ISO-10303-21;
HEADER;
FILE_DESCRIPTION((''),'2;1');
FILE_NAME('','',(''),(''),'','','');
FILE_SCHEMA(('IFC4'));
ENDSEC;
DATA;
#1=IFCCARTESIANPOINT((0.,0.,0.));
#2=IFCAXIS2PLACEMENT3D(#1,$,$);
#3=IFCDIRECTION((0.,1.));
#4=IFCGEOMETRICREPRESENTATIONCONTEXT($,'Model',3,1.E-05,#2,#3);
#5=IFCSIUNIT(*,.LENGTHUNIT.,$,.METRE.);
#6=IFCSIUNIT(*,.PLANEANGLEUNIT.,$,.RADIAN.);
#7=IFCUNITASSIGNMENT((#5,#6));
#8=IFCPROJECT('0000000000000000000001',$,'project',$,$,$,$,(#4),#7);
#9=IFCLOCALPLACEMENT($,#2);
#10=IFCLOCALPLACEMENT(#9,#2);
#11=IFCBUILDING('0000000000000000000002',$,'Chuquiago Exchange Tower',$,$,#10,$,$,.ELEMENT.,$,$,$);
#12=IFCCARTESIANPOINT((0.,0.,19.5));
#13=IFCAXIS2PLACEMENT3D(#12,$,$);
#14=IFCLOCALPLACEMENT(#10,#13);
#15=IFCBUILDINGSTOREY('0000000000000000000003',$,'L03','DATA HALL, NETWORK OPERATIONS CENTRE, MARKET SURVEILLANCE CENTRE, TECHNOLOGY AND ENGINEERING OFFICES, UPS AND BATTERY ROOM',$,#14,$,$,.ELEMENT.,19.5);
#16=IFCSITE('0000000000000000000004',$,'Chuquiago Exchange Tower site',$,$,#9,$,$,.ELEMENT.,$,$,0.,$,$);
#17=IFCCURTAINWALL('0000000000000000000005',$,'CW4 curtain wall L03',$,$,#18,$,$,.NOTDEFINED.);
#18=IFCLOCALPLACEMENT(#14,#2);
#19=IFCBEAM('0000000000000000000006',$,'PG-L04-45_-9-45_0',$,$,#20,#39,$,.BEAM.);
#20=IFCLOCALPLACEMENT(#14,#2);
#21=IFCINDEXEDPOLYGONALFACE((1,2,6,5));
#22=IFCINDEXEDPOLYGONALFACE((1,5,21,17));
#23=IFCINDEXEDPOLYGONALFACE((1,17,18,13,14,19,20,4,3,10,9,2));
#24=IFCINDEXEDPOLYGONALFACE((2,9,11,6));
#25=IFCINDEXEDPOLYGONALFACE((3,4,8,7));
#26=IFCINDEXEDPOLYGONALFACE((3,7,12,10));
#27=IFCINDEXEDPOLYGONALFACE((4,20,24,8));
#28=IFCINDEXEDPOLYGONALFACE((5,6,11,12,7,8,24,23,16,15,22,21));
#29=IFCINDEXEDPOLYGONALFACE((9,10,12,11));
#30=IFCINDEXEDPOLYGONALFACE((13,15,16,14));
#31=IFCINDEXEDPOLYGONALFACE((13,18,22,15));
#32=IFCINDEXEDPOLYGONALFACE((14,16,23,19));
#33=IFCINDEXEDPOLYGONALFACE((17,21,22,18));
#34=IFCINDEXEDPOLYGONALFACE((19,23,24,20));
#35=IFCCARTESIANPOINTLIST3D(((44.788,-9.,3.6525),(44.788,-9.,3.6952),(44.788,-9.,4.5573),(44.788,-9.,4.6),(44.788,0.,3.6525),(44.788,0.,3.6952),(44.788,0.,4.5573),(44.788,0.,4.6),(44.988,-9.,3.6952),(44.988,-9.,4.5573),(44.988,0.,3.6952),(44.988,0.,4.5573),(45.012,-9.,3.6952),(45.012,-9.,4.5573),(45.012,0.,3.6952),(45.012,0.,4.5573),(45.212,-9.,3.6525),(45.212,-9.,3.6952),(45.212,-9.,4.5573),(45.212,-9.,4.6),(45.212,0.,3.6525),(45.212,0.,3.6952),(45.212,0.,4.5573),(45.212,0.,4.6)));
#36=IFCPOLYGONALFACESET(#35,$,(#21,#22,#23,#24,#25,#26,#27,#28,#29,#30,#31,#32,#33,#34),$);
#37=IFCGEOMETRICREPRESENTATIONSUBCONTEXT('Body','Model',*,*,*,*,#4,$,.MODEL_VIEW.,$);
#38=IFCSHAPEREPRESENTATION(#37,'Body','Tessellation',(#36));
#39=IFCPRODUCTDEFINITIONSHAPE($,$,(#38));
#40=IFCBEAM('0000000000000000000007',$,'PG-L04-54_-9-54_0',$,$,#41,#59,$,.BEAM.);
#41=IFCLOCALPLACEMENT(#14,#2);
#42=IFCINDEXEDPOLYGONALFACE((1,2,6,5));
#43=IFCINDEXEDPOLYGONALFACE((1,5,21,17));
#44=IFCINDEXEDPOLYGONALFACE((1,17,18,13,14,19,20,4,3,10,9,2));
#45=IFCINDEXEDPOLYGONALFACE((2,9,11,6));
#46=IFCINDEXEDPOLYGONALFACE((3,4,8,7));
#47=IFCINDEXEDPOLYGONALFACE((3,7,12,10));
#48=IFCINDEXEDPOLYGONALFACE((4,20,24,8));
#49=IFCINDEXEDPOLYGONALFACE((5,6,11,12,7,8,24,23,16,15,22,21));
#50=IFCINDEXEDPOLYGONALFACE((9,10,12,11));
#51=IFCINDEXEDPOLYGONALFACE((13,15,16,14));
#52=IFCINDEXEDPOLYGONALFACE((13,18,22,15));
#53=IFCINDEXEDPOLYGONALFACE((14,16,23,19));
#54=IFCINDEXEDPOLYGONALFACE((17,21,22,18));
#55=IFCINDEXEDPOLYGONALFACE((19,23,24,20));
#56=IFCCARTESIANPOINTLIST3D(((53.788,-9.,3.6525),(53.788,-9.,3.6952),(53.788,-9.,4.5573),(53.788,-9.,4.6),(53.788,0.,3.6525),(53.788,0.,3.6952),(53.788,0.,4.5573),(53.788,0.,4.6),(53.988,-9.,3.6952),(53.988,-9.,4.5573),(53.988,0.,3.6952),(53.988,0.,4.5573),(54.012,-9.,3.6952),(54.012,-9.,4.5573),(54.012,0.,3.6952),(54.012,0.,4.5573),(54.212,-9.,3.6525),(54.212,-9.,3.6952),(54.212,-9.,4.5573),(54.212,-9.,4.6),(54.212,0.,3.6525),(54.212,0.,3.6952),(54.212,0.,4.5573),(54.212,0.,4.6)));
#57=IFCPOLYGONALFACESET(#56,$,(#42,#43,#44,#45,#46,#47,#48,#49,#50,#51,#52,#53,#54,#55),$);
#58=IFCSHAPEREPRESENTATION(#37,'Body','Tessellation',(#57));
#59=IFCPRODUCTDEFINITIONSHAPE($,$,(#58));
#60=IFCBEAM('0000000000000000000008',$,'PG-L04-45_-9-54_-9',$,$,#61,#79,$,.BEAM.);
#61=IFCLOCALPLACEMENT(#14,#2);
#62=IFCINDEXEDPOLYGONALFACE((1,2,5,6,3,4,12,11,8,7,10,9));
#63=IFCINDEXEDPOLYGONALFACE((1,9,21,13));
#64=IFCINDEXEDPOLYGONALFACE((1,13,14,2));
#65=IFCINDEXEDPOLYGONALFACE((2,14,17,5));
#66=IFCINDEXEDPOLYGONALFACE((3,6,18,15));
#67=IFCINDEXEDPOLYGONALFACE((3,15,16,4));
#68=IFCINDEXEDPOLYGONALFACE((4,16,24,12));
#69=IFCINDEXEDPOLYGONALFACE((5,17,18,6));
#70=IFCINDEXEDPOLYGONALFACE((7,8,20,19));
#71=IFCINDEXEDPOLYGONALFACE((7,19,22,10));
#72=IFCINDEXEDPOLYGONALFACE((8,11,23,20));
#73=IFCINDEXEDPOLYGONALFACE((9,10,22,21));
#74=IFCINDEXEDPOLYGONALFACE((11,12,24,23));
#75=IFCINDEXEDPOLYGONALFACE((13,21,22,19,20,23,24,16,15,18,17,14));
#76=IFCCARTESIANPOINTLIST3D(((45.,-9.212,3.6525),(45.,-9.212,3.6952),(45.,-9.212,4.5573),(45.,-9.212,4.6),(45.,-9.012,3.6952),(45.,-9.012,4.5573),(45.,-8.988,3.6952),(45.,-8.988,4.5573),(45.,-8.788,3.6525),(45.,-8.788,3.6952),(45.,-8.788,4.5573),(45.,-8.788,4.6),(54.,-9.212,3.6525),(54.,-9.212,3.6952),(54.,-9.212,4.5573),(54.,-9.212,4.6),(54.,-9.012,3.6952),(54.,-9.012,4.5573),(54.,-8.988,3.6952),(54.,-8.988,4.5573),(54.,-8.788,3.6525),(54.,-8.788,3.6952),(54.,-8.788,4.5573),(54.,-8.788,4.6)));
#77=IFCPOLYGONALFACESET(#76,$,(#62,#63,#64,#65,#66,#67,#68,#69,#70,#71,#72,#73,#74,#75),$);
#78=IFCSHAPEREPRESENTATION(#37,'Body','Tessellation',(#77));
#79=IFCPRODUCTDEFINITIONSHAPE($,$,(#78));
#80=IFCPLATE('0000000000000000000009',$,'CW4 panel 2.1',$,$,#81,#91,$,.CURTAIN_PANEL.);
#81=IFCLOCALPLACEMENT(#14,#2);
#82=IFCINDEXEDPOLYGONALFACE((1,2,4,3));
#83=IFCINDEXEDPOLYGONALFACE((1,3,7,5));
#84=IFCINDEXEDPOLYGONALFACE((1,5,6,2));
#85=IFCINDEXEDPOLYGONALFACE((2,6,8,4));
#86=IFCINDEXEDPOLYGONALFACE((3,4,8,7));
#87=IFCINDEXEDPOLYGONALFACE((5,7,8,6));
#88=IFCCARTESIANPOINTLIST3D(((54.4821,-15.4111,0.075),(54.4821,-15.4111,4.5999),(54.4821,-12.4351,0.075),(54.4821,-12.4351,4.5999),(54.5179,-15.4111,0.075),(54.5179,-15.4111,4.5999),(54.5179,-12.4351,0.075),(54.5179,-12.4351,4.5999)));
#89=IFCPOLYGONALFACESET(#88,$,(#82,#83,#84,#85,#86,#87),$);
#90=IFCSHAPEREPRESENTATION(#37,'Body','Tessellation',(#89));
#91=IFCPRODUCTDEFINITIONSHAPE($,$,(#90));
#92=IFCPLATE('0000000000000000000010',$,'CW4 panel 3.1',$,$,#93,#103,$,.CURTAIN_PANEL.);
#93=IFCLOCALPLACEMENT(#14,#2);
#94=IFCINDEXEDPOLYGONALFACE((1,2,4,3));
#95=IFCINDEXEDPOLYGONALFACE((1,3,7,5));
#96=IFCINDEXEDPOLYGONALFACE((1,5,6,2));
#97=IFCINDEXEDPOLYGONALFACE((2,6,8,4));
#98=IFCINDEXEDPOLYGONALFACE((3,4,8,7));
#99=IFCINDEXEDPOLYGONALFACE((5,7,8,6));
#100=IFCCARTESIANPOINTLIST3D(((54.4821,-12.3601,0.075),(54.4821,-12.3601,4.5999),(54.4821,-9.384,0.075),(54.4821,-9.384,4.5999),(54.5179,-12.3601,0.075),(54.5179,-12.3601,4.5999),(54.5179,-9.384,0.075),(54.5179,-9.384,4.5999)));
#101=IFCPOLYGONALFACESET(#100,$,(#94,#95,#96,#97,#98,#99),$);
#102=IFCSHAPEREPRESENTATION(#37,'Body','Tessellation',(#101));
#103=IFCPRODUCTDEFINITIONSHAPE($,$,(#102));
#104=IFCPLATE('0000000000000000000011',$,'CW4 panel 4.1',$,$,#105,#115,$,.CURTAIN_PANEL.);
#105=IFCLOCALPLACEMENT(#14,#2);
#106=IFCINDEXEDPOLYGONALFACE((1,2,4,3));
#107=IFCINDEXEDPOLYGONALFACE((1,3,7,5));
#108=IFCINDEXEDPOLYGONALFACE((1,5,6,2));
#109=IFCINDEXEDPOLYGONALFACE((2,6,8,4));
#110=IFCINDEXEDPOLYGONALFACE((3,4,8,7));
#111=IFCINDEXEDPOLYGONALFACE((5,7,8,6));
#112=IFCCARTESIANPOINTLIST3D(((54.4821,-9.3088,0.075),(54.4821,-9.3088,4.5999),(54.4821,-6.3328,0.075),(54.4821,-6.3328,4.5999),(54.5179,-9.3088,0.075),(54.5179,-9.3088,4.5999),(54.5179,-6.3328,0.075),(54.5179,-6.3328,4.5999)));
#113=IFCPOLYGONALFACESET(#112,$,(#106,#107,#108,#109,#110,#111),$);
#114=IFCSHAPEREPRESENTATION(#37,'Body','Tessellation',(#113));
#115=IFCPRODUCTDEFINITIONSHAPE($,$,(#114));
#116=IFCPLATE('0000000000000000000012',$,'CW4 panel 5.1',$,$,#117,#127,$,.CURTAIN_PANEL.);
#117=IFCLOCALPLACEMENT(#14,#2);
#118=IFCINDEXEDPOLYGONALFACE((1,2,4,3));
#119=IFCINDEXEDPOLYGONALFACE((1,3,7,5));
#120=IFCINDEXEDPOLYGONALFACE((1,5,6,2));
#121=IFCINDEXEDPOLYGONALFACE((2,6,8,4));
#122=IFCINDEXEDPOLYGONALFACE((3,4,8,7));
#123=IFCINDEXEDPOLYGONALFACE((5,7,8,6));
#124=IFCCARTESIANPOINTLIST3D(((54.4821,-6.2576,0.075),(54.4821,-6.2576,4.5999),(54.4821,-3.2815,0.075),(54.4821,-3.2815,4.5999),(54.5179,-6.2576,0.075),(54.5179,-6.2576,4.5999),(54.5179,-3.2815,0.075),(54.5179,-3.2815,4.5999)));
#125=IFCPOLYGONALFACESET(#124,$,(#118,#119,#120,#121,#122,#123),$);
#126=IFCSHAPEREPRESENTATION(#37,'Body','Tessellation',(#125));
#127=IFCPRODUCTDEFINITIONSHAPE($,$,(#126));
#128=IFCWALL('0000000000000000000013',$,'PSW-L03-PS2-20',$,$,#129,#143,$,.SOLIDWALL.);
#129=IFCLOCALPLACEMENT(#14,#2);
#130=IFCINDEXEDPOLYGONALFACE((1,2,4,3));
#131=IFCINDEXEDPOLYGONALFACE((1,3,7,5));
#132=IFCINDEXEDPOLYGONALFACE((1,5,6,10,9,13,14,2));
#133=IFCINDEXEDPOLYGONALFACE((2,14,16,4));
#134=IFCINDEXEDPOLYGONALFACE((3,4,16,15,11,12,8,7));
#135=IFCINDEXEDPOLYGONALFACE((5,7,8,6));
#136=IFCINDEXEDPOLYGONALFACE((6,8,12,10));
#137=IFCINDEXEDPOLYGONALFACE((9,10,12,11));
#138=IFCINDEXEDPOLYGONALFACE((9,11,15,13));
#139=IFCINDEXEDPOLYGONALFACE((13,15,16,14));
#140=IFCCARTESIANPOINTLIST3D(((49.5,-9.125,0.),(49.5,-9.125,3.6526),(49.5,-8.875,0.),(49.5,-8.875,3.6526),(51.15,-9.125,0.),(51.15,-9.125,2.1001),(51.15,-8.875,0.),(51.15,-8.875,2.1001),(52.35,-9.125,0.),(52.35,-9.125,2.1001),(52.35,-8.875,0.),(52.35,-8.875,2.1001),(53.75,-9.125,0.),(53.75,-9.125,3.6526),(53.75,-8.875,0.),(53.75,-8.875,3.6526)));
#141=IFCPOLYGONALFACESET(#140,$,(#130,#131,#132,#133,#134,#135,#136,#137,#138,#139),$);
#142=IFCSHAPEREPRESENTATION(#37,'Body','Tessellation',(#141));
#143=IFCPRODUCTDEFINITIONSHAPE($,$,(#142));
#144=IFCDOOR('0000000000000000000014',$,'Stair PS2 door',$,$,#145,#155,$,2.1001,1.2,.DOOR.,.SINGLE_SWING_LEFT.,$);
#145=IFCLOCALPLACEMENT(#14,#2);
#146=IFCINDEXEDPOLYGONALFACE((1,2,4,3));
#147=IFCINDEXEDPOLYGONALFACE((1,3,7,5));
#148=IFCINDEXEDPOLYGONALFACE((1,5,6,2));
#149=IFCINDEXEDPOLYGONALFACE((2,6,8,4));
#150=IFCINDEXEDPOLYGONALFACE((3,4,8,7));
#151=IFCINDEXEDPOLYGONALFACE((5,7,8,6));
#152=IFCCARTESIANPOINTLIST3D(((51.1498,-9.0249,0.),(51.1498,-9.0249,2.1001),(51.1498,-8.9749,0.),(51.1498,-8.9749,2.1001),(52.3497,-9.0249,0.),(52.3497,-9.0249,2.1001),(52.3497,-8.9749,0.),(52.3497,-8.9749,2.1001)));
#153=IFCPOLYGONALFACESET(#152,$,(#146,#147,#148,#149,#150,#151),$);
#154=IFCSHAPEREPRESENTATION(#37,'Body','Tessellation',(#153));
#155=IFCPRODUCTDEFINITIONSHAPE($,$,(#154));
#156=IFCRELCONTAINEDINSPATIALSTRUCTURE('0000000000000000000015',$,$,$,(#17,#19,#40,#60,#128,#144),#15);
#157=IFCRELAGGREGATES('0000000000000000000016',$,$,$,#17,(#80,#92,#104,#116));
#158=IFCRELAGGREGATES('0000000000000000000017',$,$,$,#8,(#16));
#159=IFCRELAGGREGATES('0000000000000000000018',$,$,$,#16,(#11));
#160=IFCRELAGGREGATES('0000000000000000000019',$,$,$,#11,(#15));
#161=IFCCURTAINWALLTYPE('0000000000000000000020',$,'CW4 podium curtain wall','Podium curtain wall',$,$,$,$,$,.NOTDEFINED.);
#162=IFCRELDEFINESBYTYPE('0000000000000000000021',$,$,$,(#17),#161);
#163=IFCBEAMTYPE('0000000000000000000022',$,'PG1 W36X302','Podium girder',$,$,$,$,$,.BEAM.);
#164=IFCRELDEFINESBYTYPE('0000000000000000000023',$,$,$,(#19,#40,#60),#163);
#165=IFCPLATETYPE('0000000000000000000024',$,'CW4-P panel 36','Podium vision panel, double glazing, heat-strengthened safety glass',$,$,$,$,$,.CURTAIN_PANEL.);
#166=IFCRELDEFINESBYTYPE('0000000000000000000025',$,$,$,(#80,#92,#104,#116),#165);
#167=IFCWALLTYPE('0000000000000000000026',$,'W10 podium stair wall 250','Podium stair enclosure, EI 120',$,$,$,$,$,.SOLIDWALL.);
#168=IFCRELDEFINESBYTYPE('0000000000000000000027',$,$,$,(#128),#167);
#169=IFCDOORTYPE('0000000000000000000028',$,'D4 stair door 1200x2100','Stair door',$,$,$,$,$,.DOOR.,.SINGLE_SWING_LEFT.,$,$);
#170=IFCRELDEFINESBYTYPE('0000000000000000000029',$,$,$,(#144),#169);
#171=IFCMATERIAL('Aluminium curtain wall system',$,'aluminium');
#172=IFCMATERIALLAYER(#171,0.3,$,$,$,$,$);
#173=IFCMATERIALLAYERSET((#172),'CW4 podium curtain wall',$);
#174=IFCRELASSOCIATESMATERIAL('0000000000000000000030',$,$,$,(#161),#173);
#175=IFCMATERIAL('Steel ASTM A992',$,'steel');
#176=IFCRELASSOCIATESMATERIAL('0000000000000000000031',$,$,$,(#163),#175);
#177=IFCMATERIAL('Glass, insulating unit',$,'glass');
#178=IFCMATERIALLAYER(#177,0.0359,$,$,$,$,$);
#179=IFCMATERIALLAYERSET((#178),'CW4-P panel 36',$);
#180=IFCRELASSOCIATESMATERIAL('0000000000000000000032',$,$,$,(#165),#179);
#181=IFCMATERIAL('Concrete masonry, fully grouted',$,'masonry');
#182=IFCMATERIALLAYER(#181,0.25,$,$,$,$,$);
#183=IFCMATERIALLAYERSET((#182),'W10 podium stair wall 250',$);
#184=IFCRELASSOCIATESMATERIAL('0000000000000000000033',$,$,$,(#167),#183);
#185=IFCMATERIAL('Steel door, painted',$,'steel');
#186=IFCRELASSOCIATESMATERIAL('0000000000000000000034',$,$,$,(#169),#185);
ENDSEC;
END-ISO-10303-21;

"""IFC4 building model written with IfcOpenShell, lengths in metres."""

from ifc_helpers import new_model, si_unit, direction, frame, frame_2d, origin, origin_2d, place, context, subcontext, project, spatial, rectangle, i_section, extrude, material, layer, layer_set, material_profile, profile_set, type_object, element, fill, aggregate, save


model = new_model("IFC4")

# Units and contexts
model_context = context("Model", 3, precision=1e-05, world=origin(), true_north=direction((0.0, 1.0)))
body_context = subcontext(model_context, "Body", "Model", "MODEL_VIEW")
ifc_project = project(units=[si_unit("LENGTHUNIT", "METRE"), si_unit("PLANEANGLEUNIT", "RADIAN")], contexts=[model_context])

# Site, building, storey
site_placement = place(None, origin())
site = spatial("IfcSite", under=ifc_project, at=site_placement, Name="Chuquiago Exchange Tower site", CompositionType="ELEMENT", RefElevation=0.0)
building_placement = place(site_placement, origin())
building = spatial("IfcBuilding", under=site, at=building_placement, Name="Chuquiago Exchange Tower", CompositionType="ELEMENT")
storey_placement = place(building_placement, frame((0.0, 0.0, 19.5)))
storey = spatial("IfcBuildingStorey", under=building, at=storey_placement, Name="L03", Description="DATA HALL, NETWORK OPERATIONS CENTRE, MARKET SURVEILLANCE CENTRE, TECHNOLOGY AND ENGINEERING OFFICES, UPS AND BATTERY ROOM", CompositionType="ELEMENT", Elevation=19.5)

# Curtain wall
ifc_material_1 = material(Name="Aluminium curtain wall system", Category="aluminium")
ifc_layer_1 = layer(ifc_material_1, 0.3)
ifc_layer_set_1 = layer_set([ifc_layer_1], Name="CW4 podium curtain wall")
curtain_wall_type = type_object("IfcCurtainWallType", Name="CW4 podium curtain wall", Description="Podium curtain wall", PredefinedType="NOTDEFINED", material=ifc_layer_set_1)
curtain_wall_placement = place(storey_placement, origin())
curtain_wall = element("IfcCurtainWall", 1, at=curtain_wall_placement, inside=storey, type_object=curtain_wall_type, Name="CW4 curtain wall L03", PredefinedType="NOTDEFINED")

# Beams
ifc_material_2 = material(Name="Steel ASTM A992", Category="steel")
ifc_material_profile_1 = material_profile(ifc_material_2, i_section(OverallWidth=0.4241, OverallDepth=0.9475, WebThickness=0.0239, FlangeThickness=0.0427, at=origin_2d()), Name="W36X302")
ifc_profile_set_1 = profile_set([ifc_material_profile_1], Name="Steel ASTM A992")
beam_type_1 = type_object("IfcBeamType", Name="PG1 W36X302", Description="Podium girder", PredefinedType="BEAM", material=ifc_profile_set_1)
for number, where, z_axis, x_axis, name in (
    (2, (45.0, -9.0, 4.1262), (0.0, 1.0, 0.0), (-1.0, 0.0, 0.0), "PG-L04-45_-9-45_0"),
    (3, (54.0, -9.0, 4.1262), (0.0, 1.0, 0.0), (-1.0, 0.0, 0.0), "PG-L04-54_-9-54_0"),
    (4, (45.0, -9.0, 4.1262), (1.0, 0.0, 0.0), (0.0, 1.0, 0.0), "PG-L04-45_-9-54_-9"),
):
    element("IfcBeam", number, at=place(storey_placement, frame(where, z_axis=z_axis, x_axis=x_axis)), inside=storey, type_object=beam_type_1, Name=name, PredefinedType="BEAM", context=body_context, shape_type="SweptSolid", body=[
        extrude(i_section(OverallWidth=0.4241, OverallDepth=0.9475, WebThickness=0.0239, FlangeThickness=0.0427, at=origin_2d()), origin(), (0.0, 0.0, 1.0), 9.0),
    ])

# Plates
ifc_material_3 = material(Name="Glass, insulating unit", Category="glass")
ifc_layer_2 = layer(ifc_material_3, 0.0359)
ifc_layer_set_2 = layer_set([ifc_layer_2], Name="CW4-P panel 36")
plate_type = type_object("IfcPlateType", Name="CW4-P panel 36", Description="Podium vision panel, double glazing, heat-strengthened safety glass", PredefinedType="CURTAIN_PANEL", material=ifc_layer_set_2)
plate_1_placement = place(storey_placement, frame((54.5, -13.9231, 0.075), z_axis=(0.0, 0.0, 1.0), x_axis=(0.0, 1.0, 0.0)))
plate_1 = element("IfcPlate", 5, at=plate_1_placement, type_object=plate_type, Name="CW4 panel 2.1", PredefinedType="CURTAIN_PANEL", context=body_context, shape_type="SweptSolid", body=[
    extrude(rectangle(XDim=2.9761, YDim=0.0359, at=origin_2d()), origin(), (0.0, 0.0, 1.0), 4.5249),
])
plate_2_placement = place(storey_placement, frame((54.5, -10.8721, 0.075), z_axis=(0.0, 0.0, 1.0), x_axis=(0.0, 1.0, 0.0)))
plate_2 = element("IfcPlate", 6, at=plate_2_placement, type_object=plate_type, Name="CW4 panel 3.1", PredefinedType="CURTAIN_PANEL", context=body_context, shape_type="SweptSolid", body=[
    extrude(rectangle(XDim=2.9761, YDim=0.0359, at=origin_2d()), origin(), (0.0, 0.0, 1.0), 4.5249),
])
plate_3_placement = place(storey_placement, frame((54.5, -7.8208, 0.075), z_axis=(0.0, 0.0, 1.0), x_axis=(0.0, 1.0, 0.0)))
plate_3 = element("IfcPlate", 7, at=plate_3_placement, type_object=plate_type, Name="CW4 panel 4.1", PredefinedType="CURTAIN_PANEL", context=body_context, shape_type="SweptSolid", body=[
    extrude(rectangle(XDim=2.9761, YDim=0.0359, at=origin_2d()), origin(), (0.0, 0.0, 1.0), 4.5249),
])
plate_4_placement = place(storey_placement, frame((54.5, -4.7695, 0.075), z_axis=(0.0, 0.0, 1.0), x_axis=(0.0, 1.0, 0.0)))
plate_4 = element("IfcPlate", 8, at=plate_4_placement, type_object=plate_type, Name="CW4 panel 5.1", PredefinedType="CURTAIN_PANEL", context=body_context, shape_type="SweptSolid", body=[
    extrude(rectangle(XDim=2.9761, YDim=0.0359, at=origin_2d()), origin(), (0.0, 0.0, 1.0), 4.5249),
])
aggregate(curtain_wall, [plate_1, plate_2, plate_3, plate_4])

# Wall, opening, door
ifc_material_4 = material(Name="Concrete masonry, fully grouted", Category="masonry")
ifc_layer_3 = layer(ifc_material_4, 0.25)
ifc_layer_set_3 = layer_set([ifc_layer_3], Name="W10 podium stair wall 250")
wall_type = type_object("IfcWallType", Name="W10 podium stair wall 250", Description="Podium stair enclosure, EI 120", PredefinedType="SOLIDWALL", material=ifc_layer_set_3)
wall_placement = place(storey_placement, frame((49.5, -9.0, 0.0), z_axis=(0.0, 0.0, 1.0), x_axis=(1.0, 0.0, 0.0)))
wall = element("IfcWall", 9, at=wall_placement, inside=storey, type_object=wall_type, Name="PSW-L03-PS2-20", PredefinedType="SOLIDWALL", context=body_context, shape_type="SweptSolid", body=[
    extrude(rectangle(XDim=4.25, YDim=0.25, at=frame_2d((2.125, 0.0))), origin(), (0.0, 0.0, 1.0), 3.6526),
])
opening_placement = place(wall_placement, frame((1.6499, 0.0, 0.0)))
opening = element("IfcOpeningElement", 10, at=opening_placement, cuts=wall, PredefinedType="OPENING", context=body_context, shape_type="SweptSolid", body=[
    extrude(rectangle(XDim=1.2, YDim=2.1001, at=frame_2d((0.6001, 1.05))), frame((0.0, 0.135, 0.0), z_axis=(0.0, -1.0, 0.0), x_axis=(1.0, 0.0, 0.0)), (0.0, 0.0, 1.0), 0.27),
])
ifc_material_5 = material(Name="Steel door, painted", Category="steel")
door_type = type_object("IfcDoorType", Name="D4 stair door 1200x2100", Description="Stair door", OperationType="SINGLE_SWING_LEFT", PredefinedType="DOOR", material=ifc_material_5)
door_placement = place(opening_placement, frame((1.2, 0.0, 0.0), z_axis=(0.0, 0.0, 1.0), x_axis=(-1.0, 0.0, 0.0)))
door = element("IfcDoor", 11, at=door_placement, inside=storey, type_object=door_type, Name="Stair PS2 door", OperationType="SINGLE_SWING_LEFT", OverallHeight=2.1001, OverallWidth=1.2, PredefinedType="DOOR", context=body_context, shape_type="SweptSolid", body=[
    extrude(rectangle(XDim=1.2, YDim=2.1001, at=frame_2d((0.6001, 1.05))), frame((0.0, 0.0249, 0.0), z_axis=(0.0, -1.0, 0.0), x_axis=(1.0, 0.0, 0.0)), (0.0, 0.0, 1.0), 0.05),
])
fill(opening, door)

save(model, "model.ifc")
